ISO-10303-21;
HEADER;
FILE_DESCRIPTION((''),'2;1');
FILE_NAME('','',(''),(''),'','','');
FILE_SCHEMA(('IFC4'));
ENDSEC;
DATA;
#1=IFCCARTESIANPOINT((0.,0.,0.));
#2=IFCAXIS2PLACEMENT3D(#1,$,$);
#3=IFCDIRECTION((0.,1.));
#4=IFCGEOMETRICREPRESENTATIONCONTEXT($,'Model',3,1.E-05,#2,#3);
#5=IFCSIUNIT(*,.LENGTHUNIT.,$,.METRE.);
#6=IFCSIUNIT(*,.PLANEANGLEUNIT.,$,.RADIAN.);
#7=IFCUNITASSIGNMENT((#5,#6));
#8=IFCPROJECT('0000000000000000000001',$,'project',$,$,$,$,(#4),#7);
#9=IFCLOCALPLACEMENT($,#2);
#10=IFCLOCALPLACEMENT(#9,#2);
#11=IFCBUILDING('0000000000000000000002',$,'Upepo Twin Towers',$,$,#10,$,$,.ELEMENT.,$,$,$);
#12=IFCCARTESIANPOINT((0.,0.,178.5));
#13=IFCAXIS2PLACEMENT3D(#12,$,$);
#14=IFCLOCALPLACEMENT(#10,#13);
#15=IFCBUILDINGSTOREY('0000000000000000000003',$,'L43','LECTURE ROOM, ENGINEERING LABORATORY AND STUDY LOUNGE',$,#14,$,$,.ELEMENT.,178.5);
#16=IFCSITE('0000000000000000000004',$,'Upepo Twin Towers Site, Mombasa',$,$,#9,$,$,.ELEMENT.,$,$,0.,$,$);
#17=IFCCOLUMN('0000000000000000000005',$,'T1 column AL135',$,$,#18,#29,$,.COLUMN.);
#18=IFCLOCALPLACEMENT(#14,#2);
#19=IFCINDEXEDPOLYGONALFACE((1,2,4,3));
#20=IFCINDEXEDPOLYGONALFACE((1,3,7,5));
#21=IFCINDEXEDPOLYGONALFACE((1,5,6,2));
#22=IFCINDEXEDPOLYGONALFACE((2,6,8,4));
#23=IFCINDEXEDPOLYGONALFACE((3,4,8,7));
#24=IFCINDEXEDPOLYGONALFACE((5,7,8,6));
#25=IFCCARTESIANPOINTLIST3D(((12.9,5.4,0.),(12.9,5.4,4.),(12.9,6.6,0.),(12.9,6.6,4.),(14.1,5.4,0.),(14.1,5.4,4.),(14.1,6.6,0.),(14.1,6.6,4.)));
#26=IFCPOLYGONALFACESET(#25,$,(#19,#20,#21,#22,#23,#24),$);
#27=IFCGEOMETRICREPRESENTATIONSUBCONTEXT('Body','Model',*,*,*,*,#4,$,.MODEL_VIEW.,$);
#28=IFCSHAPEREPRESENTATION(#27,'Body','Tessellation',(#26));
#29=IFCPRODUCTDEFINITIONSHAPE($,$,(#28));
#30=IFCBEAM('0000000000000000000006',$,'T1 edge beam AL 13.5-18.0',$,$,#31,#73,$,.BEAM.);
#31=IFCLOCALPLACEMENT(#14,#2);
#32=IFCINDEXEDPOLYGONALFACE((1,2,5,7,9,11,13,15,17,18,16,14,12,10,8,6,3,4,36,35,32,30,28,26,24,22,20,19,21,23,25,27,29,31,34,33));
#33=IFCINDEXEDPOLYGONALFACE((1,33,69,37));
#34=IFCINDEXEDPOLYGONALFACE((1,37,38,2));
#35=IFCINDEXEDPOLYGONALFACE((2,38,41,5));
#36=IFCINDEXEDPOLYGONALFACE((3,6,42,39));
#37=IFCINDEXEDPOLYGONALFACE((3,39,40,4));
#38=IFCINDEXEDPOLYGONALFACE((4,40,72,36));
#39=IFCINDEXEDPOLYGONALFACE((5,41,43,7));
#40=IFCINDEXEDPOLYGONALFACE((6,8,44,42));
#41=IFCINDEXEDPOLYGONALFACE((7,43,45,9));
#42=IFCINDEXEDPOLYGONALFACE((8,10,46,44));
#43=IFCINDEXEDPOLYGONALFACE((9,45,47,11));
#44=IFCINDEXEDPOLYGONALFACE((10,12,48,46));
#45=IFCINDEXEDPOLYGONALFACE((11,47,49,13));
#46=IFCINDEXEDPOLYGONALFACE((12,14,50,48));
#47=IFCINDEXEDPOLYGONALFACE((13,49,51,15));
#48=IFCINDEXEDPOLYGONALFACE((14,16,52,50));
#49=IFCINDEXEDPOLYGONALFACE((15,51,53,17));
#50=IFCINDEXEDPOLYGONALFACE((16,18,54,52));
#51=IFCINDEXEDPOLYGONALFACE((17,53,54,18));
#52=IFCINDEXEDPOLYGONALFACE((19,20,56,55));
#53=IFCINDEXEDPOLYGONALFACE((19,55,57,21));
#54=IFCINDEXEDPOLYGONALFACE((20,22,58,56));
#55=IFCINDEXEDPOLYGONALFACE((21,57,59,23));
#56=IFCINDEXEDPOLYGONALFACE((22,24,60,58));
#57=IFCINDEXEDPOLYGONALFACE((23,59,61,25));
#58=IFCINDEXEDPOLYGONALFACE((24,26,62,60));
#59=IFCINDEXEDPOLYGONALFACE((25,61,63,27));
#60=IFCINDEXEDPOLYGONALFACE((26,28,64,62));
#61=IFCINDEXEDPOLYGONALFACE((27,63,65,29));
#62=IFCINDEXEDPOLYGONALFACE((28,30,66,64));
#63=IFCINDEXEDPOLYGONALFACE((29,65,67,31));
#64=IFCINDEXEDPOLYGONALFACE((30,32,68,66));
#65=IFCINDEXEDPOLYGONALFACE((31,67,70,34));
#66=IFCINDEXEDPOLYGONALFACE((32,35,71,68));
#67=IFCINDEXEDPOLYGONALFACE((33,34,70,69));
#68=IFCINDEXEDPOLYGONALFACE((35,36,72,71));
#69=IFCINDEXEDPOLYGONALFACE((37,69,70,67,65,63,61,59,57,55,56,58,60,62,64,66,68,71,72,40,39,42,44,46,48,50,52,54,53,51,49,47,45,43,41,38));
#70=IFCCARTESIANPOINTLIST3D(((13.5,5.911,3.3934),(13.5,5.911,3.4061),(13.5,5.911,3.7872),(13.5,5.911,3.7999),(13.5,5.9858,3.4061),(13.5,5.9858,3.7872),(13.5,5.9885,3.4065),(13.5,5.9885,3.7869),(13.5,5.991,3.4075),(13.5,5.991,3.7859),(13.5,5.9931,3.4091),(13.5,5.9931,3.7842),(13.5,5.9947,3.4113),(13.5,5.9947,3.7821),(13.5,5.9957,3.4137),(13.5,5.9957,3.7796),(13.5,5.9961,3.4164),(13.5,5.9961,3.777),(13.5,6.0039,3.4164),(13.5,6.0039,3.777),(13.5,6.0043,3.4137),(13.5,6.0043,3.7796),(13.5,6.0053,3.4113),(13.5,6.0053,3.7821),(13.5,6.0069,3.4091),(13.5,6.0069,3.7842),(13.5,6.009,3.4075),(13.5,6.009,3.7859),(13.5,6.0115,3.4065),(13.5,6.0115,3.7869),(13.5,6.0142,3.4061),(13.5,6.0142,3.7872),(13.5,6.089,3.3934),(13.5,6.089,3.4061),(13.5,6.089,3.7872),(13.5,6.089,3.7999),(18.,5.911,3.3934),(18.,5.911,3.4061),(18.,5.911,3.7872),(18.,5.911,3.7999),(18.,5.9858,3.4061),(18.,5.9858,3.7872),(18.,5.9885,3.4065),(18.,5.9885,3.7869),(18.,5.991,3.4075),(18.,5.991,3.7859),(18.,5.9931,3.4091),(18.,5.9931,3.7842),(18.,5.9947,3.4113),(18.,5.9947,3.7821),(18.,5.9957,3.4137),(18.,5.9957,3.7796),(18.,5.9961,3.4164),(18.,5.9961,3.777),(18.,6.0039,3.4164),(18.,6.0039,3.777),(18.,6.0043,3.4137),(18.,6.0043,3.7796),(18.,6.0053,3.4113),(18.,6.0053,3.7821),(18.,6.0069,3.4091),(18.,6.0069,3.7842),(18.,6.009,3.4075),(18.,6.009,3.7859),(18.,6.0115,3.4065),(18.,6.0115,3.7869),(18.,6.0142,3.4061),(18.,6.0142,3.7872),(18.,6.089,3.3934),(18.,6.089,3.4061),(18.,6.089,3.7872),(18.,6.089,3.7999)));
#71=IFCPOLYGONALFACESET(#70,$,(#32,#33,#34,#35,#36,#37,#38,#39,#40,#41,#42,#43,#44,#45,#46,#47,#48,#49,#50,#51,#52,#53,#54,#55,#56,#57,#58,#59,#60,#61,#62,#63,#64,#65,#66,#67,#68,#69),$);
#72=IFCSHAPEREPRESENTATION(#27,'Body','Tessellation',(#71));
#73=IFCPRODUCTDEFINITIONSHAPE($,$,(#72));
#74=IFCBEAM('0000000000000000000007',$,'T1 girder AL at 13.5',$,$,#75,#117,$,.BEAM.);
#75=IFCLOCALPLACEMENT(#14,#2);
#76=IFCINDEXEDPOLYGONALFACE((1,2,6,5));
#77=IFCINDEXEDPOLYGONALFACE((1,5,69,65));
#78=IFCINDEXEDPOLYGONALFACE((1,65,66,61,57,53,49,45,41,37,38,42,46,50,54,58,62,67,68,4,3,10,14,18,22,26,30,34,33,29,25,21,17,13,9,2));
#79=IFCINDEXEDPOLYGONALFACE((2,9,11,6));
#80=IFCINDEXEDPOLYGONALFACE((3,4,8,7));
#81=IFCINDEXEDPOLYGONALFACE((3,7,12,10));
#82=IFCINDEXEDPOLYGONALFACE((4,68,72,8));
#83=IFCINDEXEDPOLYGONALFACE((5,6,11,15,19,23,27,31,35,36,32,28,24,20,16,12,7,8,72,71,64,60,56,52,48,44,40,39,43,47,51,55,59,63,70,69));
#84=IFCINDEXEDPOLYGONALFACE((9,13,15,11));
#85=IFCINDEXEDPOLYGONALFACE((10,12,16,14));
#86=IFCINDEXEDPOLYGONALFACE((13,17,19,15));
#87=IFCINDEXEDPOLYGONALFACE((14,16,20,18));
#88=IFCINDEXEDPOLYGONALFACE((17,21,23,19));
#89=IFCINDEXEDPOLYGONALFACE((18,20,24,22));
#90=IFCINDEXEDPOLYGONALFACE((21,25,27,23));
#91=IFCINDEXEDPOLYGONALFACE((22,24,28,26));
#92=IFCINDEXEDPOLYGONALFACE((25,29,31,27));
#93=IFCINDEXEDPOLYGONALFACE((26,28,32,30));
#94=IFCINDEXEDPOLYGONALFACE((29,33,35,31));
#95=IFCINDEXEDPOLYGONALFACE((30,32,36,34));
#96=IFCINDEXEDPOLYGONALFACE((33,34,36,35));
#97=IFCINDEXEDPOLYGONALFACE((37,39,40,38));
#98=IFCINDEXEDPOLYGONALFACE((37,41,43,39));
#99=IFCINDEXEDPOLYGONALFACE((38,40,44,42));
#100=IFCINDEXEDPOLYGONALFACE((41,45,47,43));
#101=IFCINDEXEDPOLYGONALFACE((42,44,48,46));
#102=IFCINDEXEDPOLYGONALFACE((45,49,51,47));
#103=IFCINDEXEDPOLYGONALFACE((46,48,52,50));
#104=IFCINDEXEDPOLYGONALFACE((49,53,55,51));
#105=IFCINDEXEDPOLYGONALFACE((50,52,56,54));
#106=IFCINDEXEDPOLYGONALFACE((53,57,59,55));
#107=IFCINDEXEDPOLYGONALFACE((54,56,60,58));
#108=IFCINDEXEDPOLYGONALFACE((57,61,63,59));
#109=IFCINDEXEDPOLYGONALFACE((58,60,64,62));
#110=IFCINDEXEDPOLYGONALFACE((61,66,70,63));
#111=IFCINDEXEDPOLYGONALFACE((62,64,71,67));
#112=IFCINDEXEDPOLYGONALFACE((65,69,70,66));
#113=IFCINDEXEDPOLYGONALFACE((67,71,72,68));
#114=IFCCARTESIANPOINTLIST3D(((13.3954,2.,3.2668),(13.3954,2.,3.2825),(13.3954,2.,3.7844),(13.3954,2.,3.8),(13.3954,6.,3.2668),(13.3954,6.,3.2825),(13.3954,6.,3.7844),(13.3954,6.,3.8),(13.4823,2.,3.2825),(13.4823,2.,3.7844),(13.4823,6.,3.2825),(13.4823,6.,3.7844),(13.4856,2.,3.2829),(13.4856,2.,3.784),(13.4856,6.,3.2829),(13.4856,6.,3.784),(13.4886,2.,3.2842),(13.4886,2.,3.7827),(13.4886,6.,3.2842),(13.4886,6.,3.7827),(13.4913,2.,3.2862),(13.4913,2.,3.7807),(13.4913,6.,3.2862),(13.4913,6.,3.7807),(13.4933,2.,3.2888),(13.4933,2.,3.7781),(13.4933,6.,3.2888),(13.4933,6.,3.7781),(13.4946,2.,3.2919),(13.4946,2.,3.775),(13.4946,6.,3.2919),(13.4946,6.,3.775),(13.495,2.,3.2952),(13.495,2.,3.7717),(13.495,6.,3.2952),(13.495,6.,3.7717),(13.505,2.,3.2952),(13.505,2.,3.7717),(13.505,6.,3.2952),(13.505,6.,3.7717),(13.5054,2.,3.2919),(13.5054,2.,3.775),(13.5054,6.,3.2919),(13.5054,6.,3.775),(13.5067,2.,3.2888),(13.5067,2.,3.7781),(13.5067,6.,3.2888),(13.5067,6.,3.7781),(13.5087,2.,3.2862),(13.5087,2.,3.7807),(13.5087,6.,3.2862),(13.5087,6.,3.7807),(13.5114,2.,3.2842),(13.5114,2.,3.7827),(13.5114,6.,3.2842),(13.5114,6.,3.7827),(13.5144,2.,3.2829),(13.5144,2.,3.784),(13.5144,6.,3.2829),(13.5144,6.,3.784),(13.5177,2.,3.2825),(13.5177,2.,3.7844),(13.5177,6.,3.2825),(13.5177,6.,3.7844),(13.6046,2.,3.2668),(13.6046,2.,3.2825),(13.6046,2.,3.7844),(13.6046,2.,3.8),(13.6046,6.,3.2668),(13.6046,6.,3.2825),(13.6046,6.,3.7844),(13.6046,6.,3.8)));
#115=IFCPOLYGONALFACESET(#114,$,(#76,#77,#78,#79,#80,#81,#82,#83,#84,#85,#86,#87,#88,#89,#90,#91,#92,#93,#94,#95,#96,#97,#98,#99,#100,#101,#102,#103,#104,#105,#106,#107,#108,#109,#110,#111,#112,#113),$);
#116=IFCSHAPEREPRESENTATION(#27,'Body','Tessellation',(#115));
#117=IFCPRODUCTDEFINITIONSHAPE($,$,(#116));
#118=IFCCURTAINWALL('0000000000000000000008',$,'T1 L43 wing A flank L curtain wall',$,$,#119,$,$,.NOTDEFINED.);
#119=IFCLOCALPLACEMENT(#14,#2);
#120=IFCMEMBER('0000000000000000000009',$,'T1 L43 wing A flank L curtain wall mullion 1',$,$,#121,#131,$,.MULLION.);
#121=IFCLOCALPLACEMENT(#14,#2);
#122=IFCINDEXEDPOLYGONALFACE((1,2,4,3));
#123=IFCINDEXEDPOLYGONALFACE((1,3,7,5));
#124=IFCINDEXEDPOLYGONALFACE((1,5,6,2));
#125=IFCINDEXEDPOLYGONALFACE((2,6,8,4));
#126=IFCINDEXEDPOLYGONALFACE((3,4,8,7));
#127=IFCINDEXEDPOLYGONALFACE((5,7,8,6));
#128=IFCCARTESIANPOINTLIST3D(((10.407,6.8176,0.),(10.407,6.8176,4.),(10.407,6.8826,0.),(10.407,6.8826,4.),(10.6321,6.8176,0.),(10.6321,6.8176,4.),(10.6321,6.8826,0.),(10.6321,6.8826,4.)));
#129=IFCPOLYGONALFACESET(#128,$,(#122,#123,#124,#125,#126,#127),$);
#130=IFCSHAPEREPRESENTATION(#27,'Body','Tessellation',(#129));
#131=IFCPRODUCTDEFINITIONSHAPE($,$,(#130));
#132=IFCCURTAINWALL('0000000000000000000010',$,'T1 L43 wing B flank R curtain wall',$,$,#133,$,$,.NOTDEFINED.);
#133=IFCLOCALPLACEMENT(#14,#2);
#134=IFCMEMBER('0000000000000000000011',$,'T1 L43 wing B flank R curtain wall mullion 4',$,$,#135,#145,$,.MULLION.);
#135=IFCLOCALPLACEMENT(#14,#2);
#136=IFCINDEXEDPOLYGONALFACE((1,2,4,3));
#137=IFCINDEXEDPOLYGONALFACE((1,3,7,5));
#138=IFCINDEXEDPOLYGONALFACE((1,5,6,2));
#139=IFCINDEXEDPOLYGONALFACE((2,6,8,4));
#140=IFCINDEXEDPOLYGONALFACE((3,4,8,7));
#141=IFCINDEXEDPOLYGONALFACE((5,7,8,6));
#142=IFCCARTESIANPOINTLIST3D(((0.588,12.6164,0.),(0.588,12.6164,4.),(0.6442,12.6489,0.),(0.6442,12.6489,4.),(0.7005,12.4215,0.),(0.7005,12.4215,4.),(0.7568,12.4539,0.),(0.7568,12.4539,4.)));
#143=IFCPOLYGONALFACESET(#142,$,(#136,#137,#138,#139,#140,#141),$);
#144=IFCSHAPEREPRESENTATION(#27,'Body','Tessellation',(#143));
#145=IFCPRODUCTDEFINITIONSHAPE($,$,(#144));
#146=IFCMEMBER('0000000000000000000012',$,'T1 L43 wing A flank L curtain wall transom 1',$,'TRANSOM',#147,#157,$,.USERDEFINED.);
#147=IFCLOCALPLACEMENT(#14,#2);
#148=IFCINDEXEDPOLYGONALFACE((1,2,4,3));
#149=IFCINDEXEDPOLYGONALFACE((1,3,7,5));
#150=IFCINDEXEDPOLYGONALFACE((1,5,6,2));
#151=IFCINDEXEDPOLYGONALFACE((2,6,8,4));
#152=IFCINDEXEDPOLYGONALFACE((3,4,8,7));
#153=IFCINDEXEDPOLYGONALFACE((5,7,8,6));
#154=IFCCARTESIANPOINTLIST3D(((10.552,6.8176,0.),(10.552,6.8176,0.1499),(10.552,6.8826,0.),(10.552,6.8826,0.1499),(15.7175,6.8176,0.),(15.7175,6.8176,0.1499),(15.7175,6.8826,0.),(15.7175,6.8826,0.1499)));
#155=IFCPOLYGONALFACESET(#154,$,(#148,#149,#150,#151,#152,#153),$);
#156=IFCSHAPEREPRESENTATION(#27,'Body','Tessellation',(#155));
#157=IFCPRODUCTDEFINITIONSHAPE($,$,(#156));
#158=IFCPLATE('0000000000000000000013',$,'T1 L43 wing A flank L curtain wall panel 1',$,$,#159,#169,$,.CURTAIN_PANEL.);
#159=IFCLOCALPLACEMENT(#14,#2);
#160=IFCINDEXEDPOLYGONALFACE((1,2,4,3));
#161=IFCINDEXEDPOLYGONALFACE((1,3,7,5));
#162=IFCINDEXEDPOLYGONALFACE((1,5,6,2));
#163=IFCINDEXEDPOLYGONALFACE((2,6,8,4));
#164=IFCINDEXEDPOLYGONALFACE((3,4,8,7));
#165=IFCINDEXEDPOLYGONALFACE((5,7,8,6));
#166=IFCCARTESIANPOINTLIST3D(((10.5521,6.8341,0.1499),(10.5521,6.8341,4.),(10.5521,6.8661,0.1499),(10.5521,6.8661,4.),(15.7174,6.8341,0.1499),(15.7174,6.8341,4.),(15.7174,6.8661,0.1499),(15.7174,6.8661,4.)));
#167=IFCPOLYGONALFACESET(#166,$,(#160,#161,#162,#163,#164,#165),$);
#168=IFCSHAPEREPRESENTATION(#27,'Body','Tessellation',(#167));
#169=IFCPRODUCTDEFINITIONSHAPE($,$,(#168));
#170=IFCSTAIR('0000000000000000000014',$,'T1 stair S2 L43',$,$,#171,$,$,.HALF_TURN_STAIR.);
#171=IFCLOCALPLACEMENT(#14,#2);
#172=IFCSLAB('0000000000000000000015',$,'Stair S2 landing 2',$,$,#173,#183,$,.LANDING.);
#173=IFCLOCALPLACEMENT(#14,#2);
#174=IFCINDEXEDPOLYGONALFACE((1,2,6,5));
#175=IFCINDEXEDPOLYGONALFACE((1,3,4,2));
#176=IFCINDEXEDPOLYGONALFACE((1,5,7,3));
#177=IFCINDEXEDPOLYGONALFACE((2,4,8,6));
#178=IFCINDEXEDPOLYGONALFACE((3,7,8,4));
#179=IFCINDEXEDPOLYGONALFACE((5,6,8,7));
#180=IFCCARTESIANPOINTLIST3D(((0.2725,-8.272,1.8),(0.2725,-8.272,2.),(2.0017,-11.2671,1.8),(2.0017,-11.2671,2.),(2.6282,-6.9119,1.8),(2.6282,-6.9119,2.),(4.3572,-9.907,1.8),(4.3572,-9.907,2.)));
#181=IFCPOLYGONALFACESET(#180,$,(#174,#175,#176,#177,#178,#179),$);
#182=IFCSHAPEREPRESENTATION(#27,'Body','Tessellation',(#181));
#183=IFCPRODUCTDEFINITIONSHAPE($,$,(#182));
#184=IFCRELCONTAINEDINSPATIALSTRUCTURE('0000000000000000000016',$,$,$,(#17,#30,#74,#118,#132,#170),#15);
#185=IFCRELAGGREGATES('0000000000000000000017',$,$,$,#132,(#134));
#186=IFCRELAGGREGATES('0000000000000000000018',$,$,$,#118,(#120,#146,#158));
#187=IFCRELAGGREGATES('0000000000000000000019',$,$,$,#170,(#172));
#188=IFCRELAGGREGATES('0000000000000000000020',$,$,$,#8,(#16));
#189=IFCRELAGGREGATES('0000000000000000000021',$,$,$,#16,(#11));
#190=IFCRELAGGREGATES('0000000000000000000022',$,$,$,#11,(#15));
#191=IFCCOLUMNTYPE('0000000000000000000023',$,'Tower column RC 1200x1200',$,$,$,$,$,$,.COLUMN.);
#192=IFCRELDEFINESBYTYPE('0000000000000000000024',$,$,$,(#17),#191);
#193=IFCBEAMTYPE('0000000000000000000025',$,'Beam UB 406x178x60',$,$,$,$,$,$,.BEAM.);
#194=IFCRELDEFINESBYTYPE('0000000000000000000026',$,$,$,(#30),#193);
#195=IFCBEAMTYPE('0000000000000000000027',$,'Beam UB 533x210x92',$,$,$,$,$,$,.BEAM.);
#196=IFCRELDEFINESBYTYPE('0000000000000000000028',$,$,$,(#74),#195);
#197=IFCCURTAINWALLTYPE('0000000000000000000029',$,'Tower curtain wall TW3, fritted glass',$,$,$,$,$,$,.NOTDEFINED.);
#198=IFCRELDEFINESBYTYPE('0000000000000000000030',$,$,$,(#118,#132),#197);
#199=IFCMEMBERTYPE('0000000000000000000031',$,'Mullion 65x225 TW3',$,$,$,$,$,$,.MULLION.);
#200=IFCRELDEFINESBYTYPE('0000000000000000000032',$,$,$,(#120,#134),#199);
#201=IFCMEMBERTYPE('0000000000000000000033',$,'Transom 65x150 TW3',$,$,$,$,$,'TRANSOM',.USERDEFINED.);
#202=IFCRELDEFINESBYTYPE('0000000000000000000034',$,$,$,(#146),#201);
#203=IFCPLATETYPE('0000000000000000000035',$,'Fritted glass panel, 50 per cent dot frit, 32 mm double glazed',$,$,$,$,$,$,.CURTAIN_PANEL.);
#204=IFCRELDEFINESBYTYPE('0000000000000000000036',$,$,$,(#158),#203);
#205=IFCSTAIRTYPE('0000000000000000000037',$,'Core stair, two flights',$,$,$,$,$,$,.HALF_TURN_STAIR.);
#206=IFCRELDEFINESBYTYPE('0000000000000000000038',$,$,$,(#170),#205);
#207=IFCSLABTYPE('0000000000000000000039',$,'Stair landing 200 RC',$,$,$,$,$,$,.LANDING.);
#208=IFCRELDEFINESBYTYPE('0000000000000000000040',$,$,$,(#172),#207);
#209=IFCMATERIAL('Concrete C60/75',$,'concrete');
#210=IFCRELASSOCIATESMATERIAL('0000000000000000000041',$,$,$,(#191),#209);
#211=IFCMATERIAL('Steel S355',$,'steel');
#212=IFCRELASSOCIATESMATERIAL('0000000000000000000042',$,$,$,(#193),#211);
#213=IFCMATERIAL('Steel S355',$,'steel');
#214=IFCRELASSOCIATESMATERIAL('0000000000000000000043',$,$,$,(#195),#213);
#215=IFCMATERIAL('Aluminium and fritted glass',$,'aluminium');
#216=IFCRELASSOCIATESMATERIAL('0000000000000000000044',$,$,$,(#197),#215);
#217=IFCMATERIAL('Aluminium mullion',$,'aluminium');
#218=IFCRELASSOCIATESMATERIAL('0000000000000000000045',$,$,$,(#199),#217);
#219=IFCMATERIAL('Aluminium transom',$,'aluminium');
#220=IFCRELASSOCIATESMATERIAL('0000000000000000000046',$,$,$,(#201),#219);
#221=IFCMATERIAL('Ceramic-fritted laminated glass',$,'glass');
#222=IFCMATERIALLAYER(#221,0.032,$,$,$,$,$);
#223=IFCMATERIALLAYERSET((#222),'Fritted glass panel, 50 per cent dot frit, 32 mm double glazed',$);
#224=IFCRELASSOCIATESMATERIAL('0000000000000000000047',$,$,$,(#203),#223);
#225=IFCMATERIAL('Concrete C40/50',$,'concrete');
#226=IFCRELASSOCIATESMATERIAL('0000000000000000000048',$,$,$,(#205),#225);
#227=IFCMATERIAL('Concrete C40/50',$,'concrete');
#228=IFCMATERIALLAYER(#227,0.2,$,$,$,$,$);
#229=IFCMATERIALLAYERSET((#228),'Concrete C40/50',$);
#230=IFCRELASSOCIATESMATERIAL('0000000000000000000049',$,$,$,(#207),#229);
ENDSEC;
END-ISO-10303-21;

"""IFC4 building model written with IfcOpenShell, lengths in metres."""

from ifc_helpers import new_model, si_unit, direction, frame, origin, origin_2d, place, context, subcontext, project, spatial, polyline, rectangle, i_section, outline, extrude, material, layer, layer_set, material_profile, profile_set, type_object, element, aggregate, save


model = new_model("IFC4")

# Units and contexts
model_context = context("Model", 3, precision=1e-05, world=origin(), true_north=direction((0.0, 1.0)))
body_context = subcontext(model_context, "Body", "Model", "MODEL_VIEW")
ifc_project = project(units=[si_unit("LENGTHUNIT", "METRE"), si_unit("PLANEANGLEUNIT", "RADIAN")], contexts=[model_context])

# Site, building, storey
site_placement = place(None, origin())
site = spatial("IfcSite", under=ifc_project, at=site_placement, Name="Upepo Twin Towers Site, Mombasa", CompositionType="ELEMENT", RefElevation=0.0)
building_placement = place(site_placement, origin())
building = spatial("IfcBuilding", under=site, at=building_placement, Name="Upepo Twin Towers", CompositionType="ELEMENT")
storey_placement = place(building_placement, frame((0.0, 0.0, 178.5)))
storey = spatial("IfcBuildingStorey", under=building, at=storey_placement, Name="L43", Description="LECTURE ROOM, ENGINEERING LABORATORY AND STUDY LOUNGE", CompositionType="ELEMENT", Elevation=178.5)

# Column
ifc_material_1 = material(Name="Concrete C60/75", Category="concrete")
ifc_material_profile_1 = material_profile(ifc_material_1, rectangle(XDim=1.2, YDim=1.2, at=origin_2d()), Name="RC 1200x1200")
ifc_profile_set_1 = profile_set([ifc_material_profile_1], Name="Concrete C60/75")
column_type = type_object("IfcColumnType", Name="Tower column RC 1200x1200", PredefinedType="COLUMN", material=ifc_profile_set_1)
column_placement = place(storey_placement, frame((13.5, 6.0, 0.0), z_axis=(0.0, 0.0, 1.0), x_axis=(1.0, 0.0, 0.0)))
element("IfcColumn", 1, at=column_placement, inside=storey, type_object=column_type, Name="T1 column AL135", PredefinedType="COLUMN", context=body_context, shape_type="SweptSolid", body=[
    extrude(rectangle(XDim=1.2, YDim=1.2, at=origin_2d()), origin(), (0.0, 0.0, 1.0), 4.0),
])

# Beams
ifc_material_2 = material(Name="Steel S355", Category="steel")
ifc_material_profile_2 = material_profile(ifc_material_2, i_section(OverallWidth=0.178, OverallDepth=0.4065, WebThickness=0.0078, FlangeThickness=0.0127, FilletRadius=0.0103, at=origin_2d()), Name="UB 406x178x60")
ifc_profile_set_2 = profile_set([ifc_material_profile_2], Name="Steel S355")
beam_type_1 = type_object("IfcBeamType", Name="Beam UB 406x178x60", PredefinedType="BEAM", material=ifc_profile_set_2)
beam_1_placement = place(storey_placement, frame((13.5, 6.0, 3.5967), z_axis=(1.0, 0.0, 0.0), x_axis=(0.0, 1.0, 0.0)))
element("IfcBeam", 2, at=beam_1_placement, inside=storey, type_object=beam_type_1, Name="T1 edge beam AL 13.5-18.0", PredefinedType="BEAM", context=body_context, shape_type="SweptSolid", body=[
    extrude(i_section(OverallWidth=0.178, OverallDepth=0.4065, WebThickness=0.0078, FlangeThickness=0.0127, FilletRadius=0.0103, at=origin_2d()), origin(), (0.0, 0.0, 1.0), 4.5),
])
ifc_material_3 = material(Name="Steel S355", Category="steel")
ifc_material_profile_3 = material_profile(ifc_material_3, i_section(OverallWidth=0.2092, OverallDepth=0.5332, WebThickness=0.01, FlangeThickness=0.0156, FilletRadius=0.0127, at=origin_2d()), Name="UB 533x210x92")
ifc_profile_set_3 = profile_set([ifc_material_profile_3], Name="Steel S355")
beam_type_2 = type_object("IfcBeamType", Name="Beam UB 533x210x92", PredefinedType="BEAM", material=ifc_profile_set_3)
beam_2_placement = place(storey_placement, frame((13.5, 6.0, 3.5334), z_axis=(0.0, -1.0, 0.0), x_axis=(1.0, 0.0, 0.0)))
element("IfcBeam", 3, at=beam_2_placement, inside=storey, type_object=beam_type_2, Name="T1 girder AL at 13.5", PredefinedType="BEAM", context=body_context, shape_type="SweptSolid", body=[
    extrude(i_section(OverallWidth=0.2092, OverallDepth=0.5332, WebThickness=0.01, FlangeThickness=0.0156, FilletRadius=0.0127, at=origin_2d()), origin(), (0.0, 0.0, 1.0), 4.0),
])

# Curtain walls, members
ifc_material_4 = material(Name="Aluminium and fritted glass", Category="aluminium")
curtain_wall_type = type_object("IfcCurtainWallType", Name="Tower curtain wall TW3, fritted glass", PredefinedType="NOTDEFINED", material=ifc_material_4)
curtain_wall_1_placement = place(storey_placement, origin())
curtain_wall_1 = element("IfcCurtainWall", 4, at=curtain_wall_1_placement, inside=storey, type_object=curtain_wall_type, Name="T1 L43 wing A flank L curtain wall", PredefinedType="NOTDEFINED")
ifc_material_5 = material(Name="Aluminium mullion", Category="aluminium")
ifc_material_profile_4 = material_profile(ifc_material_5, rectangle(XDim=0.0649, YDim=0.2251, at=origin_2d()), Name="MULLION 65x225")
ifc_profile_set_4 = profile_set([ifc_material_profile_4], Name="Aluminium mullion")
member_type_1 = type_object("IfcMemberType", Name="Mullion 65x225 TW3", PredefinedType="MULLION", material=ifc_profile_set_4)
member_1_placement = place(storey_placement, frame((10.5195, 6.8501, 0.0), z_axis=(0.0, 0.0, 1.0), x_axis=(0.0, 1.0, 0.0)))
member_1 = element("IfcMember", 5, at=member_1_placement, type_object=member_type_1, Name="T1 L43 wing A flank L curtain wall mullion 1", PredefinedType="MULLION", context=body_context, shape_type="SweptSolid", body=[
    extrude(rectangle(XDim=0.0649, YDim=0.2251, at=origin_2d()), origin(), (0.0, 0.0, 1.0), 4.0),
])
curtain_wall_2_placement = place(storey_placement, origin())
curtain_wall_2 = element("IfcCurtainWall", 6, at=curtain_wall_2_placement, inside=storey, type_object=curtain_wall_type, Name="T1 L43 wing B flank R curtain wall", PredefinedType="NOTDEFINED")
member_2_placement = place(storey_placement, frame((0.6724, 12.5352, 0.0), z_axis=(0.0, 0.0, 1.0), x_axis=(0.866025, 0.5, 0.0)))
member_2 = element("IfcMember", 7, at=member_2_placement, type_object=member_type_1, Name="T1 L43 wing B flank R curtain wall mullion 4", PredefinedType="MULLION", context=body_context, shape_type="SweptSolid", body=[
    extrude(rectangle(XDim=0.0649, YDim=0.2251, at=origin_2d()), origin(), (0.0, 0.0, 1.0), 4.0),
])
aggregate(curtain_wall_2, [member_2])

# Member
ifc_material_6 = material(Name="Aluminium transom", Category="aluminium")
ifc_material_profile_5 = material_profile(ifc_material_6, rectangle(XDim=0.0649, YDim=0.1499, at=origin_2d()), Name="TRANSOM 65x150")
ifc_profile_set_5 = profile_set([ifc_material_profile_5], Name="Aluminium transom")
member_type_2 = type_object("IfcMemberType", Name="Transom 65x150 TW3", ElementType="TRANSOM", PredefinedType="USERDEFINED", material=ifc_profile_set_5)
member_3_placement = place(storey_placement, frame((10.552, 6.8501, 0.075), z_axis=(1.0, 0.0, 0.0), x_axis=(0.0, 1.0, 0.0)))
member_3 = element("IfcMember", 8, at=member_3_placement, type_object=member_type_2, Name="T1 L43 wing A flank L curtain wall transom 1", ObjectType="TRANSOM", PredefinedType="USERDEFINED", context=body_context, shape_type="SweptSolid", body=[
    extrude(rectangle(XDim=0.0649, YDim=0.1499, at=origin_2d()), origin(), (0.0, 0.0, 1.0), 5.1655),
])

# Plate
ifc_material_7 = material(Name="Ceramic-fritted laminated glass", Category="glass")
ifc_layer_1 = layer(ifc_material_7, 0.032)
ifc_layer_set_1 = layer_set([ifc_layer_1], Name="Fritted glass panel, 50 per cent dot frit, 32 mm double glazed")
plate_type = type_object("IfcPlateType", Name="Fritted glass panel, 50 per cent dot frit, 32 mm double glazed", PredefinedType="CURTAIN_PANEL", material=ifc_layer_set_1)
plate_placement = place(storey_placement, frame((13.1348, 6.8501, 0.1499), z_axis=(0.0, 0.0, 1.0), x_axis=(1.0, 0.0, 0.0)))
plate = element("IfcPlate", 9, at=plate_placement, type_object=plate_type, Name="T1 L43 wing A flank L curtain wall panel 1", PredefinedType="CURTAIN_PANEL", context=body_context, shape_type="SweptSolid", body=[
    extrude(rectangle(XDim=5.1653, YDim=0.032, at=origin_2d()), origin(), (0.0, 0.0, 1.0), 3.8501),
])
aggregate(curtain_wall_1, [member_1, member_3, plate])

# Stair, slab
ifc_material_8 = material(Name="Concrete C40/50", Category="concrete")
stair_type = type_object("IfcStairType", Name="Core stair, two flights", PredefinedType="HALF_TURN_STAIR", material=ifc_material_8)
stair_1_placement = place(storey_placement, origin())
stair_1 = element("IfcStair", 10, at=stair_1_placement, inside=storey, type_object=stair_type, Name="T1 stair S2 L43", PredefinedType="HALF_TURN_STAIR")
ifc_material_9 = material(Name="Concrete C40/50", Category="concrete")
ifc_layer_2 = layer(ifc_material_9, 0.2)
ifc_layer_set_2 = layer_set([ifc_layer_2], Name="Concrete C40/50")
slab_type = type_object("IfcSlabType", Name="Stair landing 200 RC", PredefinedType="LANDING", material=ifc_layer_set_2)
slab_1_placement = place(storey_placement, frame((0.0, 0.0, 1.8)))
slab_1 = element("IfcSlab", 11, at=slab_1_placement, type_object=slab_type, Name="Stair S2 landing 2", PredefinedType="LANDING", context=body_context, shape_type="SweptSolid", body=[
    extrude(outline(polyline([(0.2725, -8.272), (2.0017, -11.2671), (4.3572, -9.907), (2.6282, -6.9119), (0.2725, -8.272)])), origin(), (0.0, 0.0, 1.0), 0.2),
])
aggregate(stair_1, [slab_1])

save(model, "model.ifc")
